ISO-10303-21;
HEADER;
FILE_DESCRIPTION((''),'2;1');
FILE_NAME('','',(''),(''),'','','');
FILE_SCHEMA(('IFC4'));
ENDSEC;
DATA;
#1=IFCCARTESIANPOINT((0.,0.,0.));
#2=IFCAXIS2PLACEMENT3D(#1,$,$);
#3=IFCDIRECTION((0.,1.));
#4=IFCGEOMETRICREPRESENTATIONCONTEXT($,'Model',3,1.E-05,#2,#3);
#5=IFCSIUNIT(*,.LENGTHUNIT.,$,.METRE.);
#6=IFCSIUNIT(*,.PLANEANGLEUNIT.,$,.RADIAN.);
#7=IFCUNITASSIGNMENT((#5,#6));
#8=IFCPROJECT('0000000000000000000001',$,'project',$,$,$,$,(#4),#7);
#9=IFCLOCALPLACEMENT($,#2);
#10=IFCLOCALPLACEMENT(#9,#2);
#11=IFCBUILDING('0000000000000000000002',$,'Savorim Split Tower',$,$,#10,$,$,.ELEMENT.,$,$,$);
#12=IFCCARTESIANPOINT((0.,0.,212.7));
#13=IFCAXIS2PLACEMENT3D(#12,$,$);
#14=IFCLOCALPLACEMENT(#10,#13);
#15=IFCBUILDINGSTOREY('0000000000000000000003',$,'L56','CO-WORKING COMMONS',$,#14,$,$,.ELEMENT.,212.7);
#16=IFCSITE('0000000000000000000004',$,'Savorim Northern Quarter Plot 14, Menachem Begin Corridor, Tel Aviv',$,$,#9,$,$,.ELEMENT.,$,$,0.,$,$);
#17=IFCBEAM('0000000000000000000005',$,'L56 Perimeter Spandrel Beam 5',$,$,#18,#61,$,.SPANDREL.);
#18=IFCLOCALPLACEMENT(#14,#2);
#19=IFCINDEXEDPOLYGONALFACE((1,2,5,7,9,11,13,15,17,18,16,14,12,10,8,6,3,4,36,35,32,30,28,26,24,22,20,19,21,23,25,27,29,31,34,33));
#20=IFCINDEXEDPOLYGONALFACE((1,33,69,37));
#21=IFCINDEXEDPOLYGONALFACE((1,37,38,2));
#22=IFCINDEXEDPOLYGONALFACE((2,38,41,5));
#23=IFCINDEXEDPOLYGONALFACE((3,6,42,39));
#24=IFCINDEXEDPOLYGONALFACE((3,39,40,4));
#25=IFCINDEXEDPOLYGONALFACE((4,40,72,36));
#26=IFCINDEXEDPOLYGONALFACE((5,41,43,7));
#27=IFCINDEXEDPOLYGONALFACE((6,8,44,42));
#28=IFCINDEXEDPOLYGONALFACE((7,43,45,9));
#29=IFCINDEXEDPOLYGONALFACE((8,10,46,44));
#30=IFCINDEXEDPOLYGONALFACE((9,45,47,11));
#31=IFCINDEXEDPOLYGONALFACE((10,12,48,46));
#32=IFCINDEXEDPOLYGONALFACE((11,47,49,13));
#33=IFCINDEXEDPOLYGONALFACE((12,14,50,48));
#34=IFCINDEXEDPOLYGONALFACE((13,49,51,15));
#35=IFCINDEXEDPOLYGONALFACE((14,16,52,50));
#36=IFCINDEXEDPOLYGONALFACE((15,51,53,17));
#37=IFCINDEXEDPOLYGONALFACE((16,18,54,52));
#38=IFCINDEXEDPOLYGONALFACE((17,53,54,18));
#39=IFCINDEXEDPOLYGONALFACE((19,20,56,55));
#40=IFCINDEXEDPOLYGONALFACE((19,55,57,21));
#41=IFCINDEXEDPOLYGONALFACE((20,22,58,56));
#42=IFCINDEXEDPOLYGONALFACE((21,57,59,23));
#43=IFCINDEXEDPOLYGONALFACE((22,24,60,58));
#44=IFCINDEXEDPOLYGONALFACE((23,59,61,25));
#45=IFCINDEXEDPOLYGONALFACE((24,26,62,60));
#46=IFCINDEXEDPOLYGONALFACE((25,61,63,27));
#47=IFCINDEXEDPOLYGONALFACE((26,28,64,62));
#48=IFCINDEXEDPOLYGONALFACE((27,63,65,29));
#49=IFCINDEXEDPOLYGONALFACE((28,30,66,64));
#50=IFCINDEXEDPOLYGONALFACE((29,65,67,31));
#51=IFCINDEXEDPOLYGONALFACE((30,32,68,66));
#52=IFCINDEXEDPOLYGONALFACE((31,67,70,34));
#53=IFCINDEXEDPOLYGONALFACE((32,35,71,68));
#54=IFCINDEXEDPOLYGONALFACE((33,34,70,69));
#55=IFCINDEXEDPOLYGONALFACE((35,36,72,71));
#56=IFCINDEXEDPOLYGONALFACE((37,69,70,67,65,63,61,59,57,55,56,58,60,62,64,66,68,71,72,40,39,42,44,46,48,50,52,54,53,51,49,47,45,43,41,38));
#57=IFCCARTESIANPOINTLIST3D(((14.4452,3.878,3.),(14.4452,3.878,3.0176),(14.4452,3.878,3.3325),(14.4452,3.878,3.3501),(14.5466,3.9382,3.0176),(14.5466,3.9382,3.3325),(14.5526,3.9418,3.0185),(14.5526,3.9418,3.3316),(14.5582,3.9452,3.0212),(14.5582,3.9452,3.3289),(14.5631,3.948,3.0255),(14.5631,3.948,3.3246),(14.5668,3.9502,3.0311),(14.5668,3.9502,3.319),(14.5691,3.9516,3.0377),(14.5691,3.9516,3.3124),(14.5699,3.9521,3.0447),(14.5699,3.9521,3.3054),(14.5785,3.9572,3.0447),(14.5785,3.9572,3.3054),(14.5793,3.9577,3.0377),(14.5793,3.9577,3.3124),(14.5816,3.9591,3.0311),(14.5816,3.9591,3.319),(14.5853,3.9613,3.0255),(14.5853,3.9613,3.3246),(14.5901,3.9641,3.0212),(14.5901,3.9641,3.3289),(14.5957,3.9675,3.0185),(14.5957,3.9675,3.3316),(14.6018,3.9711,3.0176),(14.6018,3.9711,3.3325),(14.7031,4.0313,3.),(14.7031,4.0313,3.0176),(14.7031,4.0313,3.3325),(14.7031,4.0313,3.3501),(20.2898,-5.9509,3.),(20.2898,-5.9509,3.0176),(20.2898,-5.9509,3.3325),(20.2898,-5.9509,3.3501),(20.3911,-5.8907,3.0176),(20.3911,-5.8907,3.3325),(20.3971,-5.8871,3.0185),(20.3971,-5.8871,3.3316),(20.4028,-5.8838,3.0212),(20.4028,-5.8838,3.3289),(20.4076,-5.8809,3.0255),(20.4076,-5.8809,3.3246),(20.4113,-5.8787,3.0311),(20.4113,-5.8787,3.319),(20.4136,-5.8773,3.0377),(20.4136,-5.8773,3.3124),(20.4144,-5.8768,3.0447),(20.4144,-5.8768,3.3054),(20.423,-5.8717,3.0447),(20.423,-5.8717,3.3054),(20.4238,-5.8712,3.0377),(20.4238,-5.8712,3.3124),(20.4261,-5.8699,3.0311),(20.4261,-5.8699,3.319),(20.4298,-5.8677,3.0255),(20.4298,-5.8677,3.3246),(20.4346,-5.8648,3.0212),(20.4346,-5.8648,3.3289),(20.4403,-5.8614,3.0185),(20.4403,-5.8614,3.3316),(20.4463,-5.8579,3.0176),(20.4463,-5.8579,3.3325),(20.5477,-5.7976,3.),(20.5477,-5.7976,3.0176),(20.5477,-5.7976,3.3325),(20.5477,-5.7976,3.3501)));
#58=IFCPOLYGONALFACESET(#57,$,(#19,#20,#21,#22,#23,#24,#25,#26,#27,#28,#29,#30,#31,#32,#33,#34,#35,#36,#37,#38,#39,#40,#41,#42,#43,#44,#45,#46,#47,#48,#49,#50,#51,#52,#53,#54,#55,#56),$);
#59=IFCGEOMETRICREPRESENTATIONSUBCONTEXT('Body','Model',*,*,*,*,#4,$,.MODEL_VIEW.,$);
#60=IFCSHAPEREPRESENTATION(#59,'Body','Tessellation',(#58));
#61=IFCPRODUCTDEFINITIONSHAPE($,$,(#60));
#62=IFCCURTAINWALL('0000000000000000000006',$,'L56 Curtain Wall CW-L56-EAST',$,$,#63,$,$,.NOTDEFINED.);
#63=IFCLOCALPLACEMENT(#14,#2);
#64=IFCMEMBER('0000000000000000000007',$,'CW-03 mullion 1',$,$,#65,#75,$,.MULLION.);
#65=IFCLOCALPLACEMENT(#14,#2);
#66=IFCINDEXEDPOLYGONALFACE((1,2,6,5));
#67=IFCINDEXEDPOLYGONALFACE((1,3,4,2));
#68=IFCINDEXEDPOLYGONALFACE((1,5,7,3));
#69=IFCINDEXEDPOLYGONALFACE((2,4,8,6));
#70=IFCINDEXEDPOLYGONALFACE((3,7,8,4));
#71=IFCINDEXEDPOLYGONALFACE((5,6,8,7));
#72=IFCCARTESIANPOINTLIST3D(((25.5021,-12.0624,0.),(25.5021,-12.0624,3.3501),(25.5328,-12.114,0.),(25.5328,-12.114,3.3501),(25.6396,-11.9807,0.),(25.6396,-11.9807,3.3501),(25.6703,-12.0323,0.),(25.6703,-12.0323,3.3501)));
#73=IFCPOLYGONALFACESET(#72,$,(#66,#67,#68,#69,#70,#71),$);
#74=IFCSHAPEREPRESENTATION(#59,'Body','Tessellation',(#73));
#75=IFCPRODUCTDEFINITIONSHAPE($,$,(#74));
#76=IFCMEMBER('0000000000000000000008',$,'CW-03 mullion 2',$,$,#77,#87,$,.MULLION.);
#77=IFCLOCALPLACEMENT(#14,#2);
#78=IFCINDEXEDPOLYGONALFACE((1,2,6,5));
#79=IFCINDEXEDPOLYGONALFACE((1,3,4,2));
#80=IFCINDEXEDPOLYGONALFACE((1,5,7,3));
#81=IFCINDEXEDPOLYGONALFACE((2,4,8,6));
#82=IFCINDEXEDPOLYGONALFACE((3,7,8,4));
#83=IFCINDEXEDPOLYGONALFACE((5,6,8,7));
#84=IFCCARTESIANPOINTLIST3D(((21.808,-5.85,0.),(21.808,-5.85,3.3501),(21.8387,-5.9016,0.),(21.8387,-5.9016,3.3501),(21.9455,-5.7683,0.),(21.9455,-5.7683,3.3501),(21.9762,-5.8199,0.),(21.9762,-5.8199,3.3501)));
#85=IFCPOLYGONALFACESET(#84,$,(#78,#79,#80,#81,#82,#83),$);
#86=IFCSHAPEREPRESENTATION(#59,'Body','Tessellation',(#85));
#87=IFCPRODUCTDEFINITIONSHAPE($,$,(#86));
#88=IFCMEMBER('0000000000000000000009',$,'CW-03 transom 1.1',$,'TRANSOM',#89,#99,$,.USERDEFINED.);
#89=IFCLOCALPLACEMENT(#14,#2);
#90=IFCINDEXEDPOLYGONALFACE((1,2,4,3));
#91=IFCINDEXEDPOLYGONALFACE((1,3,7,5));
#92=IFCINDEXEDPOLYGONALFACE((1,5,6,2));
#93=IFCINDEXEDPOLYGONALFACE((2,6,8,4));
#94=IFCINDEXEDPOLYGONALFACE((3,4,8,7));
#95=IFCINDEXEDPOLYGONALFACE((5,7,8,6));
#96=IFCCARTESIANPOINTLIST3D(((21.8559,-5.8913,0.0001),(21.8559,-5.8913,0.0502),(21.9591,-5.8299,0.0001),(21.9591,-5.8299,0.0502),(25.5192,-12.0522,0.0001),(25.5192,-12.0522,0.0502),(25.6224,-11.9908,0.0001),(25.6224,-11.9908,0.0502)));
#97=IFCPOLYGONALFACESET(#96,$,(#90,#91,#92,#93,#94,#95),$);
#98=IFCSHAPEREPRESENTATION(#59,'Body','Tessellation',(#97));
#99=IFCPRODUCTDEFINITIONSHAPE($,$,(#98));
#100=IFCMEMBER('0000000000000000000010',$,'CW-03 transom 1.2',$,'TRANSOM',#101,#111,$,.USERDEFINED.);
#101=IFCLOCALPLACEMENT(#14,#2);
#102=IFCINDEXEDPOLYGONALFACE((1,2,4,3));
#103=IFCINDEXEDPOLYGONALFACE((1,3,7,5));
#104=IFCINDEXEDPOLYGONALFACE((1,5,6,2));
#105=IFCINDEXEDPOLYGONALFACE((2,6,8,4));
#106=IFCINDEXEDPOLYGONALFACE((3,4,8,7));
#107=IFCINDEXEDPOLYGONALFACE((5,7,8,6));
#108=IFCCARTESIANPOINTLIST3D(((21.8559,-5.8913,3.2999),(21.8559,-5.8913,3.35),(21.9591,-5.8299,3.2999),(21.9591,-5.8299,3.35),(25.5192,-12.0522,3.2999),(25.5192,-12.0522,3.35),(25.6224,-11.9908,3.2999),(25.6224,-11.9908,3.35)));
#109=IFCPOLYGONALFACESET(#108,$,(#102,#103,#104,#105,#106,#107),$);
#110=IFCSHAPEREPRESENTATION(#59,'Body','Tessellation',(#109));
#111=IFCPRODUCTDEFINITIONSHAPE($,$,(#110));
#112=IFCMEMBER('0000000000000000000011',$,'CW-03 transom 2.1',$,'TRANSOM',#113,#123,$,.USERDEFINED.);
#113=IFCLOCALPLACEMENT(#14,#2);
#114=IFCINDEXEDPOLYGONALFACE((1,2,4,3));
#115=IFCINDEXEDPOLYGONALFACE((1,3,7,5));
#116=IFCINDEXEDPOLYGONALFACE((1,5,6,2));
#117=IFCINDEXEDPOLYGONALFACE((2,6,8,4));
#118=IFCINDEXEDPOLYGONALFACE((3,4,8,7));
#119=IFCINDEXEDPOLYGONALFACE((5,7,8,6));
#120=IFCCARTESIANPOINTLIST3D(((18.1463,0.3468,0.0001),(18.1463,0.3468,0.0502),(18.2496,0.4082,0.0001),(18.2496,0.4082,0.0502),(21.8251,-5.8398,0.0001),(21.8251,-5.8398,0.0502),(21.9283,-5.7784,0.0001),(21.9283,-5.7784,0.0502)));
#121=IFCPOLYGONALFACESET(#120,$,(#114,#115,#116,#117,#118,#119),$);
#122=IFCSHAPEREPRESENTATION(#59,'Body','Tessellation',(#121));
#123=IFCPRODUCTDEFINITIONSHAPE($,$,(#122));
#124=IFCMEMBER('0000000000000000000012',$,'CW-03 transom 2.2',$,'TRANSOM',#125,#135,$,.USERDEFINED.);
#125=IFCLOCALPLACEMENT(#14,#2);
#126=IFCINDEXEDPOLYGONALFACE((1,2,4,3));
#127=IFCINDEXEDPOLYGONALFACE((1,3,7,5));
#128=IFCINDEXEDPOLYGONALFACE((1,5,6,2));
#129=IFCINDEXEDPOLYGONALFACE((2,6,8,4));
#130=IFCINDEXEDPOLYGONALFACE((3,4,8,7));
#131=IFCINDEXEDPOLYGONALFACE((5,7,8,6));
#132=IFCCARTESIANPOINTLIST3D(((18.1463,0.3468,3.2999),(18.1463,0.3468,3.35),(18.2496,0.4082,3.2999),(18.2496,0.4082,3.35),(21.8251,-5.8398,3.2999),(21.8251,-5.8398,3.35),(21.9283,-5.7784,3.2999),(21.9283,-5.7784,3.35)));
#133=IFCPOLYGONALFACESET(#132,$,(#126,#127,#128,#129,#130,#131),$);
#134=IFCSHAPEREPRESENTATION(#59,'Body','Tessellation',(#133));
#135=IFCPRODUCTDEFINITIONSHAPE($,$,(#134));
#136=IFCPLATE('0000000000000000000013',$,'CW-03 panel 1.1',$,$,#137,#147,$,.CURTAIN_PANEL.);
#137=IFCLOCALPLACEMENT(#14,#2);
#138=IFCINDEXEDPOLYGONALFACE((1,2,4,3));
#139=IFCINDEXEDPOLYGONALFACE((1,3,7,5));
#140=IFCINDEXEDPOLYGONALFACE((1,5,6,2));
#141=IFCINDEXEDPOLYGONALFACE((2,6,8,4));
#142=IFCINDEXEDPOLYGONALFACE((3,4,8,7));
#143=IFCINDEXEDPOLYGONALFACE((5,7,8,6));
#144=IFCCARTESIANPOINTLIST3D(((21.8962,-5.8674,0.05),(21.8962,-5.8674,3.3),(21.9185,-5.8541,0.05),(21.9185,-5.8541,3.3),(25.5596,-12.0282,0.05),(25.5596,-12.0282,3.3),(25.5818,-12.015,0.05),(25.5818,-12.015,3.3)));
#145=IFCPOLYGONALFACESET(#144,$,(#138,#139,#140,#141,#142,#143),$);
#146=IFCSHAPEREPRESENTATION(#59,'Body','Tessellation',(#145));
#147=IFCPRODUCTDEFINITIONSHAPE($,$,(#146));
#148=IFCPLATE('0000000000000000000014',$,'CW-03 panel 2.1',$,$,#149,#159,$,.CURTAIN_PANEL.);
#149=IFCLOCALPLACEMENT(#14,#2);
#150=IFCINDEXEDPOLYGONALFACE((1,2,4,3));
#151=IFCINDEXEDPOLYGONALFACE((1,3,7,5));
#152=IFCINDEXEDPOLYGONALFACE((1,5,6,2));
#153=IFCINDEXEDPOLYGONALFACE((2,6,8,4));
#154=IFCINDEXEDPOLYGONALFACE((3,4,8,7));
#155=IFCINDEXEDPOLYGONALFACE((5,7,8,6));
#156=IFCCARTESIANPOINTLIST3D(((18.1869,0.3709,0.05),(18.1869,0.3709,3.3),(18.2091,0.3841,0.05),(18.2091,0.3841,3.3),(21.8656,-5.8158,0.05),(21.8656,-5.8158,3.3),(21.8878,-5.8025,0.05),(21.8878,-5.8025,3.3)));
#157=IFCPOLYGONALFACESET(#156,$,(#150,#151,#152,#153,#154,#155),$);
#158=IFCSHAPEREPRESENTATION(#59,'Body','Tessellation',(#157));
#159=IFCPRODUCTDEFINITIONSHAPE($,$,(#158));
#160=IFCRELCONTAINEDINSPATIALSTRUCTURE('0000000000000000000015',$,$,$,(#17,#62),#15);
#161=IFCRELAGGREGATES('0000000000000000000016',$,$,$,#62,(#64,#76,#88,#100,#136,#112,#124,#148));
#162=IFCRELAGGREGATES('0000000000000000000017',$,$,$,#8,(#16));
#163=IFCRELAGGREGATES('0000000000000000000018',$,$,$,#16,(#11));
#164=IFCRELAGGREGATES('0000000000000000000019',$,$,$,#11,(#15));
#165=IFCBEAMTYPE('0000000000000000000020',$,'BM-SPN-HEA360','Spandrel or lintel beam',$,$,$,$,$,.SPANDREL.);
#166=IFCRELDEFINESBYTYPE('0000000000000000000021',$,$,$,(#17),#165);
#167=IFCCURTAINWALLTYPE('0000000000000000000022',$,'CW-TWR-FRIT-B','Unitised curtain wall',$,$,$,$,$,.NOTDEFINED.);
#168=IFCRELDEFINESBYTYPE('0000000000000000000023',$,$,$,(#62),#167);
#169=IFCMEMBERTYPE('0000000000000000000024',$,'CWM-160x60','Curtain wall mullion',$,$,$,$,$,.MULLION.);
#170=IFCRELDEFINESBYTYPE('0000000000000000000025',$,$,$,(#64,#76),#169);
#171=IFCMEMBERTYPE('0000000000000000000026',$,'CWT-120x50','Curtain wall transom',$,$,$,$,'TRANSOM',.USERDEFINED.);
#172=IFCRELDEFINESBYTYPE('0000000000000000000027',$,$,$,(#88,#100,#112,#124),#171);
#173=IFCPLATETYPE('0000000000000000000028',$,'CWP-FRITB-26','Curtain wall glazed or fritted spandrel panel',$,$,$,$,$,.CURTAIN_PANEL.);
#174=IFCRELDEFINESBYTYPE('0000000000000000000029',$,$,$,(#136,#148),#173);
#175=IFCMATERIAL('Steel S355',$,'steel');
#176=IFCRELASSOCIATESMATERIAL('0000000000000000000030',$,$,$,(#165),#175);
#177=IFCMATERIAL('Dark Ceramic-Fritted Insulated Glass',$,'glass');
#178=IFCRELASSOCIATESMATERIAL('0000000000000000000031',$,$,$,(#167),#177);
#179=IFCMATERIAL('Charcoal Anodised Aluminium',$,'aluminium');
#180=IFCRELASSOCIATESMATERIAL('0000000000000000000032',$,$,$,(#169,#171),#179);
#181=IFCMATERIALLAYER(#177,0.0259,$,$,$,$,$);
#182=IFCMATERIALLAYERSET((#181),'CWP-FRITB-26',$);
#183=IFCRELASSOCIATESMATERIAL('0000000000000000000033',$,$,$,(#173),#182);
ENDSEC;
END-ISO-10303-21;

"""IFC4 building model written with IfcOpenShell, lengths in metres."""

from ifc_helpers import new_model, si_unit, direction, frame, origin, origin_2d, place, context, subcontext, project, spatial, rectangle, i_section, extrude, material, layer, layer_set, material_profile, profile_set, type_object, element, aggregate, save


model = new_model("IFC4")

# Units and contexts
model_context = context("Model", 3, precision=1e-05, world=origin(), true_north=direction((0.0, 1.0)))
body_context = subcontext(model_context, "Body", "Model", "MODEL_VIEW")
ifc_project = project(units=[si_unit("LENGTHUNIT", "METRE"), si_unit("PLANEANGLEUNIT", "RADIAN")], contexts=[model_context])

# Site, building, storey
site_placement = place(None, origin())
site = spatial("IfcSite", under=ifc_project, at=site_placement, Name="Savorim Northern Quarter Plot 14, Menachem Begin Corridor, Tel Aviv", CompositionType="ELEMENT", RefElevation=0.0)
building_placement = place(site_placement, origin())
building = spatial("IfcBuilding", under=site, at=building_placement, Name="Savorim Split Tower", CompositionType="ELEMENT")
storey_placement = place(building_placement, frame((0.0, 0.0, 212.7)))
storey = spatial("IfcBuildingStorey", under=building, at=storey_placement, Name="L56", Description="CO-WORKING COMMONS", CompositionType="ELEMENT", Elevation=212.7)

# Shared definitions
ifc_material_1 = material(Name="Steel S355", Category="steel")

# Beam
ifc_material_profile_1 = material_profile(ifc_material_1, i_section(OverallWidth=0.3, OverallDepth=0.3501, WebThickness=0.01, FlangeThickness=0.0176, FilletRadius=0.0271, at=origin_2d()), Name="HEA 360")
ifc_profile_set_1 = profile_set([ifc_material_profile_1], Name="Steel S355")
beam_type_1 = type_object("IfcBeamType", Name="BM-SPN-HEA360", Description="Spandrel or lintel beam", PredefinedType="SPANDREL", material=ifc_profile_set_1)
beam_1_placement = place(storey_placement, frame((20.4187, -5.8743, 3.175), z_axis=(-0.511095, 0.859524, 0.0), x_axis=(-0.859524, -0.511095, 0.0)))
element("IfcBeam", 1, at=beam_1_placement, inside=storey, type_object=beam_type_1, Name="L56 Perimeter Spandrel Beam 5", PredefinedType="SPANDREL", context=body_context, shape_type="SweptSolid", body=[
    extrude(i_section(OverallWidth=0.3, OverallDepth=0.3501, WebThickness=0.01, FlangeThickness=0.0176, FilletRadius=0.0271, at=origin_2d()), origin(), (0.0, 0.0, 1.0), 11.4353),
])

# Curtain wall, members, plates
ifc_material_2 = material(Name="Dark Ceramic-Fritted Insulated Glass", Category="glass")
curtain_wall_type = type_object("IfcCurtainWallType", Name="CW-TWR-FRIT-B", Description="Unitised curtain wall", PredefinedType="NOTDEFINED", material=ifc_material_2)
curtain_wall_placement = place(storey_placement, origin())
curtain_wall = element("IfcCurtainWall", 2, at=curtain_wall_placement, inside=storey, type_object=curtain_wall_type, Name="L56 Curtain Wall CW-L56-EAST", PredefinedType="NOTDEFINED")
ifc_material_3 = material(Name="Charcoal Anodised Aluminium", Category="aluminium")
ifc_material_profile_2 = material_profile(ifc_material_3, rectangle(XDim=0.1599, YDim=0.0601, at=origin_2d()), Name="ALU-M 160x60")
ifc_profile_set_2 = profile_set([ifc_material_profile_2], Name="Charcoal Anodised Aluminium")
member_type_1 = type_object("IfcMemberType", Name="CWM-160x60", Description="Curtain wall mullion", PredefinedType="MULLION", material=ifc_profile_set_2)
member_1_placement = place(storey_placement, frame((25.5862, -12.0474, 0.0), z_axis=(0.0, 0.0, 1.0), x_axis=(-0.859526, -0.511092, 0.0)))
member_1 = element("IfcMember", 3, at=member_1_placement, type_object=member_type_1, Name="CW-03 mullion 1", PredefinedType="MULLION", context=body_context, shape_type="SweptSolid", body=[
    extrude(rectangle(XDim=0.1599, YDim=0.0601, at=origin_2d()), origin(), (0.0, 0.0, 1.0), 3.3501),
])
member_2_placement = place(storey_placement, frame((21.8921, -5.835, 0.0), z_axis=(0.0, 0.0, 1.0), x_axis=(-0.859526, -0.511092, 0.0)))
member_2 = element("IfcMember", 4, at=member_2_placement, type_object=member_type_1, Name="CW-03 mullion 2", PredefinedType="MULLION", context=body_context, shape_type="SweptSolid", body=[
    extrude(rectangle(XDim=0.1599, YDim=0.0601, at=origin_2d()), origin(), (0.0, 0.0, 1.0), 3.3501),
])
ifc_material_profile_3 = material_profile(ifc_material_3, rectangle(XDim=0.1201, YDim=0.05, at=origin_2d()), Name="ALU-T 120x50")
ifc_profile_set_3 = profile_set([ifc_material_profile_3], Name="Charcoal Anodised Aluminium")
member_type_2 = type_object("IfcMemberType", Name="CWT-120x50", Description="Curtain wall transom", ElementType="TRANSOM", PredefinedType="USERDEFINED", material=ifc_profile_set_3)
member_3_placement = place(storey_placement, frame((25.5708, -12.0215, 0.0251), z_axis=(-0.511086, 0.85953, 0.0), x_axis=(-0.85953, -0.511086, 0.0)))
member_3 = element("IfcMember", 5, at=member_3_placement, type_object=member_type_2, Name="CW-03 transom 1.1", ObjectType="TRANSOM", PredefinedType="USERDEFINED", context=body_context, shape_type="SweptSolid", body=[
    extrude(rectangle(XDim=0.1201, YDim=0.05, at=origin_2d()), origin(), (0.0, 0.0, 1.0), 7.1677),
])
member_4_placement = place(storey_placement, frame((25.5708, -12.0215, 3.325), z_axis=(-0.511086, 0.85953, 0.0), x_axis=(-0.85953, -0.511086, 0.0)))
member_4 = element("IfcMember", 6, at=member_4_placement, type_object=member_type_2, Name="CW-03 transom 1.2", ObjectType="TRANSOM", PredefinedType="USERDEFINED", context=body_context, shape_type="SweptSolid", body=[
    extrude(rectangle(XDim=0.1201, YDim=0.05, at=origin_2d()), origin(), (0.0, 0.0, 1.0), 7.1677),
])
member_5_placement = place(storey_placement, frame((21.8767, -5.8091, 0.0251), z_axis=(-0.5111, 0.859521, 0.0), x_axis=(-0.859521, -0.5111, 0.0)))
member_5 = element("IfcMember", 7, at=member_5_placement, type_object=member_type_2, Name="CW-03 transom 2.1", ObjectType="TRANSOM", PredefinedType="USERDEFINED", context=body_context, shape_type="SweptSolid", body=[
    extrude(rectangle(XDim=0.1201, YDim=0.05, at=origin_2d()), origin(), (0.0, 0.0, 1.0), 7.1978),
])
member_6_placement = place(storey_placement, frame((21.8767, -5.8091, 3.325), z_axis=(-0.5111, 0.859521, 0.0), x_axis=(-0.859521, -0.5111, 0.0)))
member_6 = element("IfcMember", 8, at=member_6_placement, type_object=member_type_2, Name="CW-03 transom 2.2", ObjectType="TRANSOM", PredefinedType="USERDEFINED", context=body_context, shape_type="SweptSolid", body=[
    extrude(rectangle(XDim=0.1201, YDim=0.05, at=origin_2d()), origin(), (0.0, 0.0, 1.0), 7.1978),
])
ifc_layer_1 = layer(ifc_material_2, 0.0259)
ifc_layer_set_1 = layer_set([ifc_layer_1], Name="CWP-FRITB-26")
plate_type = type_object("IfcPlateType", Name="CWP-FRITB-26", Description="Curtain wall glazed or fritted spandrel panel", PredefinedType="CURTAIN_PANEL", material=ifc_layer_set_1)
plate_1_placement = place(storey_placement, frame((23.739, -8.9412, 0.05), z_axis=(0.0, 0.0, 1.0), x_axis=(-0.511092, 0.859526, 0.0)))
plate_1 = element("IfcPlate", 9, at=plate_1_placement, type_object=plate_type, Name="CW-03 panel 1.1", PredefinedType="CURTAIN_PANEL", context=body_context, shape_type="SweptSolid", body=[
    extrude(rectangle(XDim=7.1677, YDim=0.0259, at=origin_2d()), origin(), (0.0, 0.0, 1.0), 3.25),
])
plate_2_placement = place(storey_placement, frame((20.0374, -2.7158, 0.05), z_axis=(0.0, 0.0, 1.0), x_axis=(-0.511092, 0.859526, 0.0)))
plate_2 = element("IfcPlate", 10, at=plate_2_placement, type_object=plate_type, Name="CW-03 panel 2.1", PredefinedType="CURTAIN_PANEL", context=body_context, shape_type="SweptSolid", body=[
    extrude(rectangle(XDim=7.1978, YDim=0.0259, at=origin_2d()), origin(), (0.0, 0.0, 1.0), 3.25),
])
aggregate(curtain_wall, [member_1, member_2, member_3, member_4, plate_1, member_5, member_6, plate_2])

save(model, "model.ifc")
